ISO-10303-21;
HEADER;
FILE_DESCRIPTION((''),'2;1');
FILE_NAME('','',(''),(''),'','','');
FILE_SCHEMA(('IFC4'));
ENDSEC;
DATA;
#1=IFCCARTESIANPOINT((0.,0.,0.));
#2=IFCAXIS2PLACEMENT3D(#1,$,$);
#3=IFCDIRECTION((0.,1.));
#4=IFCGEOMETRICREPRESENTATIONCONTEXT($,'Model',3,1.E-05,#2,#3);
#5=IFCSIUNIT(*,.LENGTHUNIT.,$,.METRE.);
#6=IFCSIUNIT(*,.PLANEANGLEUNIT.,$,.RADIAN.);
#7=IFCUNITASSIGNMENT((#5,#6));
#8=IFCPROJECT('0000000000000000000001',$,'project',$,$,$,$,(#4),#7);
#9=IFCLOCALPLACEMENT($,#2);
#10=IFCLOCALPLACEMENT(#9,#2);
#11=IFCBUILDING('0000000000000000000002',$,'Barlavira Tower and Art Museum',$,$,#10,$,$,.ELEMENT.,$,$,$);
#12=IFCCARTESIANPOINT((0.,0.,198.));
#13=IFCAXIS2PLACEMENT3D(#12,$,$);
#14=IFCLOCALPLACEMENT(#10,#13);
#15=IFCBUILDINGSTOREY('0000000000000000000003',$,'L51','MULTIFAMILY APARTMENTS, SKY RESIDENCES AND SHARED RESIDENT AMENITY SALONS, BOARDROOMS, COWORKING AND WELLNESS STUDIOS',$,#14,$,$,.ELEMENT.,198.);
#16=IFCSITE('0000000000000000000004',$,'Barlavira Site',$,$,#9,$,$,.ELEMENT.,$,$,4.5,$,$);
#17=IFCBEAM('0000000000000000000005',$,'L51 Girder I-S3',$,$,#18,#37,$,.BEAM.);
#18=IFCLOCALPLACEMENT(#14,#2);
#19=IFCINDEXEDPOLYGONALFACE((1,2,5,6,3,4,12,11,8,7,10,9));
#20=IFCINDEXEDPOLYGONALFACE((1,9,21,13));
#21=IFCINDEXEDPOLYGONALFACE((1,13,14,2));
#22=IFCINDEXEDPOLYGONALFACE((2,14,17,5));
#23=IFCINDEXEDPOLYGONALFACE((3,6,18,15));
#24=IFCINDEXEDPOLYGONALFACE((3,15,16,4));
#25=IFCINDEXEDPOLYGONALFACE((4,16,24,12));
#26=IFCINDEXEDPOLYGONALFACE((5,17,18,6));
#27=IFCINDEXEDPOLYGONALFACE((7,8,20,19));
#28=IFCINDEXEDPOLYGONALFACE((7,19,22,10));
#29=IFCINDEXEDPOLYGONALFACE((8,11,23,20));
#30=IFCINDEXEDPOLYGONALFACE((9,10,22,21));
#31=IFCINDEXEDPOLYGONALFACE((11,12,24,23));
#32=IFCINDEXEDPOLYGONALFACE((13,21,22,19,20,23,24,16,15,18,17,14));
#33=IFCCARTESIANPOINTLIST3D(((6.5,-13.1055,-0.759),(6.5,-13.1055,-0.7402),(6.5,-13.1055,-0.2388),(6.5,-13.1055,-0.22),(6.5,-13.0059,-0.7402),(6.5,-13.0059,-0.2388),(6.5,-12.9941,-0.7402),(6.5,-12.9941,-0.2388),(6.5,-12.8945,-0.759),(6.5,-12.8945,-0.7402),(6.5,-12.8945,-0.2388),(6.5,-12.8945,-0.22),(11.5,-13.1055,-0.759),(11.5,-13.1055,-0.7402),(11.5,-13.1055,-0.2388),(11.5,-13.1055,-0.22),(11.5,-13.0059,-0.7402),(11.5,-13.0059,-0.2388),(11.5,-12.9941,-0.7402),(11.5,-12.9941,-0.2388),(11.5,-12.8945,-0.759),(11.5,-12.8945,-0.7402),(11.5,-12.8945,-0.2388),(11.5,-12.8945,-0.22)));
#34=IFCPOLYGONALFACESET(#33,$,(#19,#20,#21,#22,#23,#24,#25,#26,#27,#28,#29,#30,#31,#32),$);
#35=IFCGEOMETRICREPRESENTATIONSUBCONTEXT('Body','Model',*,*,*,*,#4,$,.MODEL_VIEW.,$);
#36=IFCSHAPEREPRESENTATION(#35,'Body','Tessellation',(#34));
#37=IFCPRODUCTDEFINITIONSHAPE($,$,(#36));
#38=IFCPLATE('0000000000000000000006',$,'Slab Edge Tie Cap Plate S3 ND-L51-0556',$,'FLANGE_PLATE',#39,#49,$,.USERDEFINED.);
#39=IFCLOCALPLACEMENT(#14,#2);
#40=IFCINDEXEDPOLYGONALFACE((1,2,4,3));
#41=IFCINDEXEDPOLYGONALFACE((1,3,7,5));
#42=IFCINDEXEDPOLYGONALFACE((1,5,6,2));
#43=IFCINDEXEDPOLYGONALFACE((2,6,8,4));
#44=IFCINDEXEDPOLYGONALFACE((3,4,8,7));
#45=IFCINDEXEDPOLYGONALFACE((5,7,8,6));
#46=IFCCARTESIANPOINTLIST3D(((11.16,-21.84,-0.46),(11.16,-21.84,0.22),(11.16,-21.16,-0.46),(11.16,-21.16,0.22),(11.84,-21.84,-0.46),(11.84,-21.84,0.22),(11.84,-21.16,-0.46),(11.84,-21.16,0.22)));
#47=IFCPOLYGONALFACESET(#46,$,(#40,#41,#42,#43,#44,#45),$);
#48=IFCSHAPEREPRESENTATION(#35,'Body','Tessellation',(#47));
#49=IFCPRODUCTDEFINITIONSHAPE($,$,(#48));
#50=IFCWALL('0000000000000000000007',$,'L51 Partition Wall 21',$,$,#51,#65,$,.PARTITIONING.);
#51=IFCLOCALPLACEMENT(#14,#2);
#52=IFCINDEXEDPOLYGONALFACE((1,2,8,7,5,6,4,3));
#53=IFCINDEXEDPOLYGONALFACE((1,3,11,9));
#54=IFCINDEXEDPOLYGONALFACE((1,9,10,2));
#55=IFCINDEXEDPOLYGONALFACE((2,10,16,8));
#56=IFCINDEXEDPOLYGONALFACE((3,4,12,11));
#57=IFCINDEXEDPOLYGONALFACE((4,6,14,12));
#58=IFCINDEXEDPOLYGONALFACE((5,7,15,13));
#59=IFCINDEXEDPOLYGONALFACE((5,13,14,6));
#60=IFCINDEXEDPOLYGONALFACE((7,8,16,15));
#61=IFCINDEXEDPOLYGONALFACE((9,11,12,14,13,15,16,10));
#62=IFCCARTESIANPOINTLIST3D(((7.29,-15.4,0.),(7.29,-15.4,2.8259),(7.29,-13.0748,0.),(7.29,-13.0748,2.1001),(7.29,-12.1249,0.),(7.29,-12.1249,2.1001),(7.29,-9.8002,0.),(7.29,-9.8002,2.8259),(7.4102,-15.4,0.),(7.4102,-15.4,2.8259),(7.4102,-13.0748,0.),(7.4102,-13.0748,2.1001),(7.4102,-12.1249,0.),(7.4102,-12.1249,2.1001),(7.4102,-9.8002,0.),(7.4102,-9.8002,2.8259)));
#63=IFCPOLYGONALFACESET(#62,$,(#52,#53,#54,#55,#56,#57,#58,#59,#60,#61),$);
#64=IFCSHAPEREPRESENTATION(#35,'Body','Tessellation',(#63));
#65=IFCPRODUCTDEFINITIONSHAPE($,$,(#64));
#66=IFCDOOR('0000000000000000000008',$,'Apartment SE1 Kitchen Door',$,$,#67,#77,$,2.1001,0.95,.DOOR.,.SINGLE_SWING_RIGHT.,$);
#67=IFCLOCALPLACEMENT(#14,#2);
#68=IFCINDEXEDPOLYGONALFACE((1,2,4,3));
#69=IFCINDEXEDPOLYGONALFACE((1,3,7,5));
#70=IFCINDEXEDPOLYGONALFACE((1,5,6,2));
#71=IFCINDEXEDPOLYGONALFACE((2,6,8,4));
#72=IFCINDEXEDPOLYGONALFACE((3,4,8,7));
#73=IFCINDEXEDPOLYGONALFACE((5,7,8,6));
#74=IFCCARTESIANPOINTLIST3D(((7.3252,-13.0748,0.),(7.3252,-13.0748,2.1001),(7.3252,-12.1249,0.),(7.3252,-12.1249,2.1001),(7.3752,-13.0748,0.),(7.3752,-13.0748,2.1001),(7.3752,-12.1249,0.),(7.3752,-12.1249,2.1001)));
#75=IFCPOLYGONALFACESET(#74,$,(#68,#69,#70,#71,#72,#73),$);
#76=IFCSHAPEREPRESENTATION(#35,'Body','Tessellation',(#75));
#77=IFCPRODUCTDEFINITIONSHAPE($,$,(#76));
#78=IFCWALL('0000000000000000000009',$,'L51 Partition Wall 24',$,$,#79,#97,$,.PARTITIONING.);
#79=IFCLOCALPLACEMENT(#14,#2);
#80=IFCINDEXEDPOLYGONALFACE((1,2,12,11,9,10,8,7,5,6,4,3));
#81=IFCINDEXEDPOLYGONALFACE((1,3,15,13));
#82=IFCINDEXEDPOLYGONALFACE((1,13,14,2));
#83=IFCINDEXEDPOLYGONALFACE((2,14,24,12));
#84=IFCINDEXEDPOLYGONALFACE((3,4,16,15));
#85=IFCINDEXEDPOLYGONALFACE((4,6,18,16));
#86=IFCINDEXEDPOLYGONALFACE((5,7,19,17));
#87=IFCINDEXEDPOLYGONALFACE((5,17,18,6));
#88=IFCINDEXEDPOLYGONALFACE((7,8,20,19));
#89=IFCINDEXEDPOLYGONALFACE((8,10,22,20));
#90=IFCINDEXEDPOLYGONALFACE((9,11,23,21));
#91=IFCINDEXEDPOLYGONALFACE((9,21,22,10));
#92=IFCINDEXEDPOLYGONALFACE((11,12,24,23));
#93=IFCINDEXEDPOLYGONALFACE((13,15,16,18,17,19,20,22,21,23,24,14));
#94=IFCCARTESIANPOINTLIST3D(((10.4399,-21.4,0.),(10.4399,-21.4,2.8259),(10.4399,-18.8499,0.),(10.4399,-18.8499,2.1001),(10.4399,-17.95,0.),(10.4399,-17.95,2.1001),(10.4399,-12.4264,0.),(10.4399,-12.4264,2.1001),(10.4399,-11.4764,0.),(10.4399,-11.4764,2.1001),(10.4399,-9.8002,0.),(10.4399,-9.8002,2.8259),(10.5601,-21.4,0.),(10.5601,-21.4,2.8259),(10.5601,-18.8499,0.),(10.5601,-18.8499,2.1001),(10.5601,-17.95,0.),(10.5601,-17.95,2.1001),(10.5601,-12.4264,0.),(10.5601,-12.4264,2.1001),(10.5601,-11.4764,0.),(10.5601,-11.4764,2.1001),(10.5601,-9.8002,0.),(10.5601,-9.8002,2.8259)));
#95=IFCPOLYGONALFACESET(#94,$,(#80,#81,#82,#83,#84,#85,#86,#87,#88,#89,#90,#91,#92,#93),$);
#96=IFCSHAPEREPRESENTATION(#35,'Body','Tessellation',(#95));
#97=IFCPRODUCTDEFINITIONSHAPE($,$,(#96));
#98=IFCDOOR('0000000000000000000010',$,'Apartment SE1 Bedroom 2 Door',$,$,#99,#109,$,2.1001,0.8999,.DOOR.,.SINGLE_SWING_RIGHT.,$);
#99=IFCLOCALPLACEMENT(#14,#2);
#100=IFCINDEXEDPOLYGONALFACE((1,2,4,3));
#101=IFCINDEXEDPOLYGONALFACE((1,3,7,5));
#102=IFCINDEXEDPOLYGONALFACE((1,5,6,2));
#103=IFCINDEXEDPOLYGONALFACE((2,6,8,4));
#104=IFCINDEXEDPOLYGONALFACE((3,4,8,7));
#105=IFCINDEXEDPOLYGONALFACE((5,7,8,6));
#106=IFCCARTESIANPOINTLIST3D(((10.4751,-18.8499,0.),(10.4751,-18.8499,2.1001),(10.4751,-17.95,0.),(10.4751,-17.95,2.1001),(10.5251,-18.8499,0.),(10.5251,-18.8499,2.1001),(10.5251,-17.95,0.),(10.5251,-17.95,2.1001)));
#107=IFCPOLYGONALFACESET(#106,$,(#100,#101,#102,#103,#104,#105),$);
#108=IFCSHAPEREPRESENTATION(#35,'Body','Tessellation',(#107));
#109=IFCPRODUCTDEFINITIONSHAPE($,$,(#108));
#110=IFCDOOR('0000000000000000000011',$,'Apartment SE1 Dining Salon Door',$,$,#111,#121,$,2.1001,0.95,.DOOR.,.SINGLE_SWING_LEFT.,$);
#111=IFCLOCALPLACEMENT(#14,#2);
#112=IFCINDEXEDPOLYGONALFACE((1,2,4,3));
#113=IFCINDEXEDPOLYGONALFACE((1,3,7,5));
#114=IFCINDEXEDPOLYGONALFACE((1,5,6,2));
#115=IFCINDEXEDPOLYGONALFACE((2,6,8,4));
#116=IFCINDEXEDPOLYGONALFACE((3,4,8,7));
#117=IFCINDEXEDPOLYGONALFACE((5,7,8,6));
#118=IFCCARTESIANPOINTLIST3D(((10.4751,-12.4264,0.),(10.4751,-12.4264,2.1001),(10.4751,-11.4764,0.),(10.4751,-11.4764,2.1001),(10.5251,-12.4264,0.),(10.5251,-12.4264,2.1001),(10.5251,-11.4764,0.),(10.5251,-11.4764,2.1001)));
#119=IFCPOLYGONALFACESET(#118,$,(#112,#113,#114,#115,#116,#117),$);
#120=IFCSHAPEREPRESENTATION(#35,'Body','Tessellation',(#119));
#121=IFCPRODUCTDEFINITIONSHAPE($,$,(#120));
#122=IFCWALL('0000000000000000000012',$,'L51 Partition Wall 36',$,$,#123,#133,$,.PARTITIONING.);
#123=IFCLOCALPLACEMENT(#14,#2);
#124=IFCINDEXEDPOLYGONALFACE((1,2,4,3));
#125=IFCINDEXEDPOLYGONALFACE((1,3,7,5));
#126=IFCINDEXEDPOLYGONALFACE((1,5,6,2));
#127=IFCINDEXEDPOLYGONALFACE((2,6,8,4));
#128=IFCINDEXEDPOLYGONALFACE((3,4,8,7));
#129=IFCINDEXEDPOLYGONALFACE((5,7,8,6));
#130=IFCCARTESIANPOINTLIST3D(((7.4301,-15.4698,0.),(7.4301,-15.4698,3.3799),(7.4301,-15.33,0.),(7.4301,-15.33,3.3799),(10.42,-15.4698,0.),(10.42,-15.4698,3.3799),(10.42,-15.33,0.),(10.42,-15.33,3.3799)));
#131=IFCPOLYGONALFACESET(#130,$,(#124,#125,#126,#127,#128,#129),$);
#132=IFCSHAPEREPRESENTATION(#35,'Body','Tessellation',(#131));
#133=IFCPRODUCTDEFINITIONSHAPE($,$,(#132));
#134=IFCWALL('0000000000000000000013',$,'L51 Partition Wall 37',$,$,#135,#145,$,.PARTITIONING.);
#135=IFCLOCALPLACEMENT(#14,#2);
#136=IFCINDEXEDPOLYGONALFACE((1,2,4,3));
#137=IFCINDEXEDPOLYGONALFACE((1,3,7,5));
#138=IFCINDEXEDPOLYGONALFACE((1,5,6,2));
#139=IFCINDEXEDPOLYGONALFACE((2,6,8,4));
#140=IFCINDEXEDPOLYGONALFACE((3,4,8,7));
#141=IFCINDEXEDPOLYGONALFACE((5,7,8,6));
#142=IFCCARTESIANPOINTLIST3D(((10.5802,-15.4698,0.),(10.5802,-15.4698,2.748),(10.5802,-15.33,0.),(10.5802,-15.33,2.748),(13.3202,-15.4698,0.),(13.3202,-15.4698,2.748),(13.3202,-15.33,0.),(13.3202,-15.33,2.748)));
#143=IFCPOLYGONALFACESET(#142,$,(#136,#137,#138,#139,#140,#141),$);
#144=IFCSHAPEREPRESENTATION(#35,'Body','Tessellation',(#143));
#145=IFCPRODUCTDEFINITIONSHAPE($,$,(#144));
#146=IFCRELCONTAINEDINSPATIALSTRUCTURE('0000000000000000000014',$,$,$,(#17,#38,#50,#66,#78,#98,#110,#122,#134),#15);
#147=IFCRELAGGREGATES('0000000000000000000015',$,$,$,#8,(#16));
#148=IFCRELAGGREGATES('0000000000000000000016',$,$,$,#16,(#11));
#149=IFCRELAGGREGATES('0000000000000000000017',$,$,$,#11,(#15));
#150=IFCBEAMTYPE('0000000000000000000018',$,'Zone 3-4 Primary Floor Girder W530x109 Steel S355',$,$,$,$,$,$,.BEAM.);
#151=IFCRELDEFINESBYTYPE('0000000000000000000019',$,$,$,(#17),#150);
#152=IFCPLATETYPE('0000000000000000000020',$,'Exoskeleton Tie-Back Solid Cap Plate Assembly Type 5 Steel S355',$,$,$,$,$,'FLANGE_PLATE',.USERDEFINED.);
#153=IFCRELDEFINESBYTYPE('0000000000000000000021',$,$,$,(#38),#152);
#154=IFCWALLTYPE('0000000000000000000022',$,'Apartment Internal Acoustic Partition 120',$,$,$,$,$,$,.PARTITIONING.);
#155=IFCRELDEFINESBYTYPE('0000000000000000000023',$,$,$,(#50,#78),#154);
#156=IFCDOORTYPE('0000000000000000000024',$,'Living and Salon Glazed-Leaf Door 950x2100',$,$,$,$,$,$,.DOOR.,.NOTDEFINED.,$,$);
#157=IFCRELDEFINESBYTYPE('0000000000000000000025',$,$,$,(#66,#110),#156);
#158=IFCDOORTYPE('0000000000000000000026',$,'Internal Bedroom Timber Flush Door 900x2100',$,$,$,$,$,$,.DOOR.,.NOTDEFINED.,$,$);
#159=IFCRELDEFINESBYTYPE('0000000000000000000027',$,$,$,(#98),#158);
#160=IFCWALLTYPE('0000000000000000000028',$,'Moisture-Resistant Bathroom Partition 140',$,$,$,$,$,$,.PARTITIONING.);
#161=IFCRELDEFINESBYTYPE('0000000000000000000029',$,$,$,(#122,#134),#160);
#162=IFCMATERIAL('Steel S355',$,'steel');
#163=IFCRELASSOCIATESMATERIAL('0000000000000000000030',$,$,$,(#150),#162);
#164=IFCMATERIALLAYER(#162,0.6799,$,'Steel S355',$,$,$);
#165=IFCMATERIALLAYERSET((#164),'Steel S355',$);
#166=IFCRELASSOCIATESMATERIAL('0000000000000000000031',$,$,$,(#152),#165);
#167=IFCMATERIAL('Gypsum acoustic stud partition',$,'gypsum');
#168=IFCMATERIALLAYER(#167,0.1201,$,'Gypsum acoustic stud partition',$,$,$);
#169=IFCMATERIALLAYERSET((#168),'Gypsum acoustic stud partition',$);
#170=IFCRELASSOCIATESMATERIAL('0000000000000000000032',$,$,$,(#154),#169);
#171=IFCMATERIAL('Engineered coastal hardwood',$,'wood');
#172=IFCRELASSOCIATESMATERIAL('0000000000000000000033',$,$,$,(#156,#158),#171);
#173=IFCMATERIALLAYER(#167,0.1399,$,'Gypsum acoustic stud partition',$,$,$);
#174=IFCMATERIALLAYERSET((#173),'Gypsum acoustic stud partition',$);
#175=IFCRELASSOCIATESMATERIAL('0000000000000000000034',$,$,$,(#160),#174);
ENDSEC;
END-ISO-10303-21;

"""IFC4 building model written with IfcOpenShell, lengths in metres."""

from ifc_helpers import new_model, si_unit, direction, frame, frame_2d, origin, origin_2d, place, context, subcontext, project, spatial, rectangle, i_section, extrude, material, layer, layer_set, material_profile, profile_set, type_object, element, fill, save


model = new_model("IFC4")

# Units and contexts
model_context = context("Model", 3, precision=1e-05, world=origin(), true_north=direction((0.0, 1.0)))
body_context = subcontext(model_context, "Body", "Model", "MODEL_VIEW")
ifc_project = project(units=[si_unit("LENGTHUNIT", "METRE"), si_unit("PLANEANGLEUNIT", "RADIAN")], contexts=[model_context])

# Site, building, storey
site_placement = place(None, origin())
site = spatial("IfcSite", under=ifc_project, at=site_placement, Name="Barlavira Site", CompositionType="ELEMENT", RefElevation=4.5)
building_placement = place(site_placement, origin())
building = spatial("IfcBuilding", under=site, at=building_placement, Name="Barlavira Tower and Art Museum", CompositionType="ELEMENT")
storey_placement = place(building_placement, frame((0.0, 0.0, 198.0)))
storey = spatial("IfcBuildingStorey", under=building, at=storey_placement, Name="L51", Description="MULTIFAMILY APARTMENTS, SKY RESIDENCES AND SHARED RESIDENT AMENITY SALONS, BOARDROOMS, COWORKING AND WELLNESS STUDIOS", CompositionType="ELEMENT", Elevation=198.0)

# Shared definitions
ifc_material_1 = material(Name="Steel S355", Category="steel")

# Beam
ifc_material_profile_1 = material_profile(ifc_material_1, i_section(OverallWidth=0.2109, OverallDepth=0.5391, WebThickness=0.0117, FlangeThickness=0.0188, at=origin_2d()), Name="W530x109.0")
ifc_profile_set_1 = profile_set([ifc_material_profile_1], Name="Steel S355")
beam_type_1 = type_object("IfcBeamType", Name="Zone 3-4 Primary Floor Girder W530x109 Steel S355", PredefinedType="BEAM", material=ifc_profile_set_1)
beam_1_placement = place(storey_placement, frame((6.5, -13.0, -0.4895), z_axis=(1.0, 0.0, 0.0), x_axis=(0.0, 1.0, 0.0)))
element("IfcBeam", 1, at=beam_1_placement, inside=storey, type_object=beam_type_1, Name="L51 Girder I-S3", PredefinedType="BEAM", context=body_context, shape_type="SweptSolid", body=[
    extrude(i_section(OverallWidth=0.2109, OverallDepth=0.5391, WebThickness=0.0117, FlangeThickness=0.0188, at=origin_2d()), origin(), (0.0, 0.0, 1.0), 5.0),
])

# Plate
ifc_layer_1 = layer(ifc_material_1, 0.6799, Name="Steel S355")
ifc_layer_set_1 = layer_set([ifc_layer_1], Name="Steel S355")
plate_type = type_object("IfcPlateType", Name="Exoskeleton Tie-Back Solid Cap Plate Assembly Type 5 Steel S355", ElementType="FLANGE_PLATE", PredefinedType="USERDEFINED", material=ifc_layer_set_1)
plate_placement = place(storey_placement, frame((11.5, -21.5, -0.46), z_axis=(0.0, 0.0, 1.0), x_axis=(1.0, 0.0, 0.0)))
element("IfcPlate", 2, at=plate_placement, inside=storey, type_object=plate_type, Name="Slab Edge Tie Cap Plate S3 ND-L51-0556", ObjectType="FLANGE_PLATE", PredefinedType="USERDEFINED", context=body_context, shape_type="SweptSolid", body=[
    extrude(rectangle(XDim=0.6799, YDim=0.6799, at=origin_2d()), origin(), (0.0, 0.0, 1.0), 0.6799),
])

# Wall, opening, door
ifc_material_2 = material(Name="Gypsum acoustic stud partition", Category="gypsum")
ifc_layer_2 = layer(ifc_material_2, 0.1201, Name="Gypsum acoustic stud partition")
ifc_layer_set_2 = layer_set([ifc_layer_2], Name="Gypsum acoustic stud partition")
wall_type_1 = type_object("IfcWallType", Name="Apartment Internal Acoustic Partition 120", PredefinedType="PARTITIONING", material=ifc_layer_set_2)
wall_1_placement = place(storey_placement, frame((7.3501, -15.3999, 0.0), z_axis=(0.0, 0.0, 1.0), x_axis=(0.0, 1.0, 0.0)))
wall_1 = element("IfcWall", 3, at=wall_1_placement, inside=storey, type_object=wall_type_1, Name="L51 Partition Wall 21", PredefinedType="PARTITIONING", context=body_context, shape_type="SweptSolid", body=[
    extrude(rectangle(XDim=5.5999, YDim=0.1201, at=frame_2d((2.7998, 0.0))), origin(), (0.0, 0.0, 1.0), 2.8259),
])
opening_1_placement = place(wall_1_placement, frame((2.325, 0.0, 0.0)))
opening_1 = element("IfcOpeningElement", 4, at=opening_1_placement, cuts=wall_1, PredefinedType="OPENING", context=body_context, shape_type="SweptSolid", body=[
    extrude(rectangle(XDim=0.95, YDim=2.1001, at=frame_2d((0.4751, 1.05))), frame((0.0, 0.0701, 0.0), z_axis=(0.0, -1.0, 0.0), x_axis=(1.0, 0.0, 0.0)), (0.0, 0.0, 1.0), 0.1401),
])
ifc_material_3 = material(Name="Engineered coastal hardwood", Category="wood")
door_type_1 = type_object("IfcDoorType", Name="Living and Salon Glazed-Leaf Door 950x2100", OperationType="NOTDEFINED", PredefinedType="DOOR", material=ifc_material_3)
door_1_placement = place(opening_1_placement, origin())
door_1 = element("IfcDoor", 5, at=door_1_placement, inside=storey, type_object=door_type_1, Name="Apartment SE1 Kitchen Door", OperationType="SINGLE_SWING_RIGHT", OverallHeight=2.1001, OverallWidth=0.95, PredefinedType="DOOR", context=body_context, shape_type="SweptSolid", body=[
    extrude(rectangle(XDim=0.95, YDim=2.1001, at=frame_2d((0.4751, 1.05))), frame((0.0, 0.0249, 0.0), z_axis=(0.0, -1.0, 0.0), x_axis=(1.0, 0.0, 0.0)), (0.0, 0.0, 1.0), 0.05),
])
fill(opening_1, door_1)

# Wall, openings, doors
wall_2_placement = place(storey_placement, frame((10.5, -21.3999, 0.0), z_axis=(0.0, 0.0, 1.0), x_axis=(0.0, 1.0, 0.0)))
wall_2 = element("IfcWall", 6, at=wall_2_placement, inside=storey, type_object=wall_type_1, Name="L51 Partition Wall 24", PredefinedType="PARTITIONING", context=body_context, shape_type="SweptSolid", body=[
    extrude(rectangle(XDim=11.5999, YDim=0.1201, at=frame_2d((5.7998, 0.0))), origin(), (0.0, 0.0, 1.0), 2.8259),
])
opening_2_placement = place(wall_2_placement, frame((8.9734, 0.0, 0.0)))
opening_2 = element("IfcOpeningElement", 7, at=opening_2_placement, cuts=wall_2, PredefinedType="OPENING", context=body_context, shape_type="SweptSolid", body=[
    extrude(rectangle(XDim=0.95, YDim=2.1001, at=frame_2d((0.4751, 1.05))), frame((0.0, 0.0701, 0.0), z_axis=(0.0, -1.0, 0.0), x_axis=(1.0, 0.0, 0.0)), (0.0, 0.0, 1.0), 0.1401),
])
opening_3_placement = place(wall_2_placement, frame((2.55, 0.0, 0.0)))
opening_3 = element("IfcOpeningElement", 8, at=opening_3_placement, cuts=wall_2, PredefinedType="OPENING", context=body_context, shape_type="SweptSolid", body=[
    extrude(rectangle(XDim=0.8999, YDim=2.1001, at=frame_2d((0.45, 1.05))), frame((0.0, 0.0701, 0.0), z_axis=(0.0, -1.0, 0.0), x_axis=(1.0, 0.0, 0.0)), (0.0, 0.0, 1.0), 0.1401),
])
door_type_2 = type_object("IfcDoorType", Name="Internal Bedroom Timber Flush Door 900x2100", OperationType="NOTDEFINED", PredefinedType="DOOR", material=ifc_material_3)
door_2_placement = place(opening_3_placement, origin())
door_2 = element("IfcDoor", 9, at=door_2_placement, inside=storey, type_object=door_type_2, Name="Apartment SE1 Bedroom 2 Door", OperationType="SINGLE_SWING_RIGHT", OverallHeight=2.1001, OverallWidth=0.8999, PredefinedType="DOOR", context=body_context, shape_type="SweptSolid", body=[
    extrude(rectangle(XDim=0.8999, YDim=2.1001, at=frame_2d((0.45, 1.05))), frame((0.0, 0.0249, 0.0), z_axis=(0.0, -1.0, 0.0), x_axis=(1.0, 0.0, 0.0)), (0.0, 0.0, 1.0), 0.05),
])
fill(opening_3, door_2)
door_3_placement = place(opening_2_placement, origin())
door_3 = element("IfcDoor", 10, at=door_3_placement, inside=storey, type_object=door_type_1, Name="Apartment SE1 Dining Salon Door", OperationType="SINGLE_SWING_LEFT", OverallHeight=2.1001, OverallWidth=0.95, PredefinedType="DOOR", context=body_context, shape_type="SweptSolid", body=[
    extrude(rectangle(XDim=0.95, YDim=2.1001, at=frame_2d((0.4751, 1.05))), frame((0.0, 0.0249, 0.0), z_axis=(0.0, -1.0, 0.0), x_axis=(1.0, 0.0, 0.0)), (0.0, 0.0, 1.0), 0.05),
])
fill(opening_2, door_3)

# Walls
ifc_layer_3 = layer(ifc_material_2, 0.1399, Name="Gypsum acoustic stud partition")
ifc_layer_set_3 = layer_set([ifc_layer_3], Name="Gypsum acoustic stud partition")
wall_type_2 = type_object("IfcWallType", Name="Moisture-Resistant Bathroom Partition 140", PredefinedType="PARTITIONING", material=ifc_layer_set_3)
wall_3_placement = place(storey_placement, frame((7.4299, -15.3999, 0.0), z_axis=(0.0, 0.0, 1.0), x_axis=(1.0, 0.0, 0.0)))
element("IfcWall", 11, at=wall_3_placement, inside=storey, type_object=wall_type_2, Name="L51 Partition Wall 36", PredefinedType="PARTITIONING", context=body_context, shape_type="SweptSolid", body=[
    extrude(rectangle(XDim=2.99, YDim=0.1399, at=frame_2d((1.4951, 0.0))), origin(), (0.0, 0.0, 1.0), 3.3799),
])
wall_4_placement = place(storey_placement, frame((10.5801, -15.3999, 0.0), z_axis=(0.0, 0.0, 1.0), x_axis=(1.0, 0.0, 0.0)))
element("IfcWall", 12, at=wall_4_placement, inside=storey, type_object=wall_type_2, Name="L51 Partition Wall 37", PredefinedType="PARTITIONING", context=body_context, shape_type="SweptSolid", body=[
    extrude(rectangle(XDim=2.74, YDim=0.1399, at=frame_2d((1.3701, 0.0))), origin(), (0.0, 0.0, 1.0), 2.748),
])

save(model, "model.ifc")
